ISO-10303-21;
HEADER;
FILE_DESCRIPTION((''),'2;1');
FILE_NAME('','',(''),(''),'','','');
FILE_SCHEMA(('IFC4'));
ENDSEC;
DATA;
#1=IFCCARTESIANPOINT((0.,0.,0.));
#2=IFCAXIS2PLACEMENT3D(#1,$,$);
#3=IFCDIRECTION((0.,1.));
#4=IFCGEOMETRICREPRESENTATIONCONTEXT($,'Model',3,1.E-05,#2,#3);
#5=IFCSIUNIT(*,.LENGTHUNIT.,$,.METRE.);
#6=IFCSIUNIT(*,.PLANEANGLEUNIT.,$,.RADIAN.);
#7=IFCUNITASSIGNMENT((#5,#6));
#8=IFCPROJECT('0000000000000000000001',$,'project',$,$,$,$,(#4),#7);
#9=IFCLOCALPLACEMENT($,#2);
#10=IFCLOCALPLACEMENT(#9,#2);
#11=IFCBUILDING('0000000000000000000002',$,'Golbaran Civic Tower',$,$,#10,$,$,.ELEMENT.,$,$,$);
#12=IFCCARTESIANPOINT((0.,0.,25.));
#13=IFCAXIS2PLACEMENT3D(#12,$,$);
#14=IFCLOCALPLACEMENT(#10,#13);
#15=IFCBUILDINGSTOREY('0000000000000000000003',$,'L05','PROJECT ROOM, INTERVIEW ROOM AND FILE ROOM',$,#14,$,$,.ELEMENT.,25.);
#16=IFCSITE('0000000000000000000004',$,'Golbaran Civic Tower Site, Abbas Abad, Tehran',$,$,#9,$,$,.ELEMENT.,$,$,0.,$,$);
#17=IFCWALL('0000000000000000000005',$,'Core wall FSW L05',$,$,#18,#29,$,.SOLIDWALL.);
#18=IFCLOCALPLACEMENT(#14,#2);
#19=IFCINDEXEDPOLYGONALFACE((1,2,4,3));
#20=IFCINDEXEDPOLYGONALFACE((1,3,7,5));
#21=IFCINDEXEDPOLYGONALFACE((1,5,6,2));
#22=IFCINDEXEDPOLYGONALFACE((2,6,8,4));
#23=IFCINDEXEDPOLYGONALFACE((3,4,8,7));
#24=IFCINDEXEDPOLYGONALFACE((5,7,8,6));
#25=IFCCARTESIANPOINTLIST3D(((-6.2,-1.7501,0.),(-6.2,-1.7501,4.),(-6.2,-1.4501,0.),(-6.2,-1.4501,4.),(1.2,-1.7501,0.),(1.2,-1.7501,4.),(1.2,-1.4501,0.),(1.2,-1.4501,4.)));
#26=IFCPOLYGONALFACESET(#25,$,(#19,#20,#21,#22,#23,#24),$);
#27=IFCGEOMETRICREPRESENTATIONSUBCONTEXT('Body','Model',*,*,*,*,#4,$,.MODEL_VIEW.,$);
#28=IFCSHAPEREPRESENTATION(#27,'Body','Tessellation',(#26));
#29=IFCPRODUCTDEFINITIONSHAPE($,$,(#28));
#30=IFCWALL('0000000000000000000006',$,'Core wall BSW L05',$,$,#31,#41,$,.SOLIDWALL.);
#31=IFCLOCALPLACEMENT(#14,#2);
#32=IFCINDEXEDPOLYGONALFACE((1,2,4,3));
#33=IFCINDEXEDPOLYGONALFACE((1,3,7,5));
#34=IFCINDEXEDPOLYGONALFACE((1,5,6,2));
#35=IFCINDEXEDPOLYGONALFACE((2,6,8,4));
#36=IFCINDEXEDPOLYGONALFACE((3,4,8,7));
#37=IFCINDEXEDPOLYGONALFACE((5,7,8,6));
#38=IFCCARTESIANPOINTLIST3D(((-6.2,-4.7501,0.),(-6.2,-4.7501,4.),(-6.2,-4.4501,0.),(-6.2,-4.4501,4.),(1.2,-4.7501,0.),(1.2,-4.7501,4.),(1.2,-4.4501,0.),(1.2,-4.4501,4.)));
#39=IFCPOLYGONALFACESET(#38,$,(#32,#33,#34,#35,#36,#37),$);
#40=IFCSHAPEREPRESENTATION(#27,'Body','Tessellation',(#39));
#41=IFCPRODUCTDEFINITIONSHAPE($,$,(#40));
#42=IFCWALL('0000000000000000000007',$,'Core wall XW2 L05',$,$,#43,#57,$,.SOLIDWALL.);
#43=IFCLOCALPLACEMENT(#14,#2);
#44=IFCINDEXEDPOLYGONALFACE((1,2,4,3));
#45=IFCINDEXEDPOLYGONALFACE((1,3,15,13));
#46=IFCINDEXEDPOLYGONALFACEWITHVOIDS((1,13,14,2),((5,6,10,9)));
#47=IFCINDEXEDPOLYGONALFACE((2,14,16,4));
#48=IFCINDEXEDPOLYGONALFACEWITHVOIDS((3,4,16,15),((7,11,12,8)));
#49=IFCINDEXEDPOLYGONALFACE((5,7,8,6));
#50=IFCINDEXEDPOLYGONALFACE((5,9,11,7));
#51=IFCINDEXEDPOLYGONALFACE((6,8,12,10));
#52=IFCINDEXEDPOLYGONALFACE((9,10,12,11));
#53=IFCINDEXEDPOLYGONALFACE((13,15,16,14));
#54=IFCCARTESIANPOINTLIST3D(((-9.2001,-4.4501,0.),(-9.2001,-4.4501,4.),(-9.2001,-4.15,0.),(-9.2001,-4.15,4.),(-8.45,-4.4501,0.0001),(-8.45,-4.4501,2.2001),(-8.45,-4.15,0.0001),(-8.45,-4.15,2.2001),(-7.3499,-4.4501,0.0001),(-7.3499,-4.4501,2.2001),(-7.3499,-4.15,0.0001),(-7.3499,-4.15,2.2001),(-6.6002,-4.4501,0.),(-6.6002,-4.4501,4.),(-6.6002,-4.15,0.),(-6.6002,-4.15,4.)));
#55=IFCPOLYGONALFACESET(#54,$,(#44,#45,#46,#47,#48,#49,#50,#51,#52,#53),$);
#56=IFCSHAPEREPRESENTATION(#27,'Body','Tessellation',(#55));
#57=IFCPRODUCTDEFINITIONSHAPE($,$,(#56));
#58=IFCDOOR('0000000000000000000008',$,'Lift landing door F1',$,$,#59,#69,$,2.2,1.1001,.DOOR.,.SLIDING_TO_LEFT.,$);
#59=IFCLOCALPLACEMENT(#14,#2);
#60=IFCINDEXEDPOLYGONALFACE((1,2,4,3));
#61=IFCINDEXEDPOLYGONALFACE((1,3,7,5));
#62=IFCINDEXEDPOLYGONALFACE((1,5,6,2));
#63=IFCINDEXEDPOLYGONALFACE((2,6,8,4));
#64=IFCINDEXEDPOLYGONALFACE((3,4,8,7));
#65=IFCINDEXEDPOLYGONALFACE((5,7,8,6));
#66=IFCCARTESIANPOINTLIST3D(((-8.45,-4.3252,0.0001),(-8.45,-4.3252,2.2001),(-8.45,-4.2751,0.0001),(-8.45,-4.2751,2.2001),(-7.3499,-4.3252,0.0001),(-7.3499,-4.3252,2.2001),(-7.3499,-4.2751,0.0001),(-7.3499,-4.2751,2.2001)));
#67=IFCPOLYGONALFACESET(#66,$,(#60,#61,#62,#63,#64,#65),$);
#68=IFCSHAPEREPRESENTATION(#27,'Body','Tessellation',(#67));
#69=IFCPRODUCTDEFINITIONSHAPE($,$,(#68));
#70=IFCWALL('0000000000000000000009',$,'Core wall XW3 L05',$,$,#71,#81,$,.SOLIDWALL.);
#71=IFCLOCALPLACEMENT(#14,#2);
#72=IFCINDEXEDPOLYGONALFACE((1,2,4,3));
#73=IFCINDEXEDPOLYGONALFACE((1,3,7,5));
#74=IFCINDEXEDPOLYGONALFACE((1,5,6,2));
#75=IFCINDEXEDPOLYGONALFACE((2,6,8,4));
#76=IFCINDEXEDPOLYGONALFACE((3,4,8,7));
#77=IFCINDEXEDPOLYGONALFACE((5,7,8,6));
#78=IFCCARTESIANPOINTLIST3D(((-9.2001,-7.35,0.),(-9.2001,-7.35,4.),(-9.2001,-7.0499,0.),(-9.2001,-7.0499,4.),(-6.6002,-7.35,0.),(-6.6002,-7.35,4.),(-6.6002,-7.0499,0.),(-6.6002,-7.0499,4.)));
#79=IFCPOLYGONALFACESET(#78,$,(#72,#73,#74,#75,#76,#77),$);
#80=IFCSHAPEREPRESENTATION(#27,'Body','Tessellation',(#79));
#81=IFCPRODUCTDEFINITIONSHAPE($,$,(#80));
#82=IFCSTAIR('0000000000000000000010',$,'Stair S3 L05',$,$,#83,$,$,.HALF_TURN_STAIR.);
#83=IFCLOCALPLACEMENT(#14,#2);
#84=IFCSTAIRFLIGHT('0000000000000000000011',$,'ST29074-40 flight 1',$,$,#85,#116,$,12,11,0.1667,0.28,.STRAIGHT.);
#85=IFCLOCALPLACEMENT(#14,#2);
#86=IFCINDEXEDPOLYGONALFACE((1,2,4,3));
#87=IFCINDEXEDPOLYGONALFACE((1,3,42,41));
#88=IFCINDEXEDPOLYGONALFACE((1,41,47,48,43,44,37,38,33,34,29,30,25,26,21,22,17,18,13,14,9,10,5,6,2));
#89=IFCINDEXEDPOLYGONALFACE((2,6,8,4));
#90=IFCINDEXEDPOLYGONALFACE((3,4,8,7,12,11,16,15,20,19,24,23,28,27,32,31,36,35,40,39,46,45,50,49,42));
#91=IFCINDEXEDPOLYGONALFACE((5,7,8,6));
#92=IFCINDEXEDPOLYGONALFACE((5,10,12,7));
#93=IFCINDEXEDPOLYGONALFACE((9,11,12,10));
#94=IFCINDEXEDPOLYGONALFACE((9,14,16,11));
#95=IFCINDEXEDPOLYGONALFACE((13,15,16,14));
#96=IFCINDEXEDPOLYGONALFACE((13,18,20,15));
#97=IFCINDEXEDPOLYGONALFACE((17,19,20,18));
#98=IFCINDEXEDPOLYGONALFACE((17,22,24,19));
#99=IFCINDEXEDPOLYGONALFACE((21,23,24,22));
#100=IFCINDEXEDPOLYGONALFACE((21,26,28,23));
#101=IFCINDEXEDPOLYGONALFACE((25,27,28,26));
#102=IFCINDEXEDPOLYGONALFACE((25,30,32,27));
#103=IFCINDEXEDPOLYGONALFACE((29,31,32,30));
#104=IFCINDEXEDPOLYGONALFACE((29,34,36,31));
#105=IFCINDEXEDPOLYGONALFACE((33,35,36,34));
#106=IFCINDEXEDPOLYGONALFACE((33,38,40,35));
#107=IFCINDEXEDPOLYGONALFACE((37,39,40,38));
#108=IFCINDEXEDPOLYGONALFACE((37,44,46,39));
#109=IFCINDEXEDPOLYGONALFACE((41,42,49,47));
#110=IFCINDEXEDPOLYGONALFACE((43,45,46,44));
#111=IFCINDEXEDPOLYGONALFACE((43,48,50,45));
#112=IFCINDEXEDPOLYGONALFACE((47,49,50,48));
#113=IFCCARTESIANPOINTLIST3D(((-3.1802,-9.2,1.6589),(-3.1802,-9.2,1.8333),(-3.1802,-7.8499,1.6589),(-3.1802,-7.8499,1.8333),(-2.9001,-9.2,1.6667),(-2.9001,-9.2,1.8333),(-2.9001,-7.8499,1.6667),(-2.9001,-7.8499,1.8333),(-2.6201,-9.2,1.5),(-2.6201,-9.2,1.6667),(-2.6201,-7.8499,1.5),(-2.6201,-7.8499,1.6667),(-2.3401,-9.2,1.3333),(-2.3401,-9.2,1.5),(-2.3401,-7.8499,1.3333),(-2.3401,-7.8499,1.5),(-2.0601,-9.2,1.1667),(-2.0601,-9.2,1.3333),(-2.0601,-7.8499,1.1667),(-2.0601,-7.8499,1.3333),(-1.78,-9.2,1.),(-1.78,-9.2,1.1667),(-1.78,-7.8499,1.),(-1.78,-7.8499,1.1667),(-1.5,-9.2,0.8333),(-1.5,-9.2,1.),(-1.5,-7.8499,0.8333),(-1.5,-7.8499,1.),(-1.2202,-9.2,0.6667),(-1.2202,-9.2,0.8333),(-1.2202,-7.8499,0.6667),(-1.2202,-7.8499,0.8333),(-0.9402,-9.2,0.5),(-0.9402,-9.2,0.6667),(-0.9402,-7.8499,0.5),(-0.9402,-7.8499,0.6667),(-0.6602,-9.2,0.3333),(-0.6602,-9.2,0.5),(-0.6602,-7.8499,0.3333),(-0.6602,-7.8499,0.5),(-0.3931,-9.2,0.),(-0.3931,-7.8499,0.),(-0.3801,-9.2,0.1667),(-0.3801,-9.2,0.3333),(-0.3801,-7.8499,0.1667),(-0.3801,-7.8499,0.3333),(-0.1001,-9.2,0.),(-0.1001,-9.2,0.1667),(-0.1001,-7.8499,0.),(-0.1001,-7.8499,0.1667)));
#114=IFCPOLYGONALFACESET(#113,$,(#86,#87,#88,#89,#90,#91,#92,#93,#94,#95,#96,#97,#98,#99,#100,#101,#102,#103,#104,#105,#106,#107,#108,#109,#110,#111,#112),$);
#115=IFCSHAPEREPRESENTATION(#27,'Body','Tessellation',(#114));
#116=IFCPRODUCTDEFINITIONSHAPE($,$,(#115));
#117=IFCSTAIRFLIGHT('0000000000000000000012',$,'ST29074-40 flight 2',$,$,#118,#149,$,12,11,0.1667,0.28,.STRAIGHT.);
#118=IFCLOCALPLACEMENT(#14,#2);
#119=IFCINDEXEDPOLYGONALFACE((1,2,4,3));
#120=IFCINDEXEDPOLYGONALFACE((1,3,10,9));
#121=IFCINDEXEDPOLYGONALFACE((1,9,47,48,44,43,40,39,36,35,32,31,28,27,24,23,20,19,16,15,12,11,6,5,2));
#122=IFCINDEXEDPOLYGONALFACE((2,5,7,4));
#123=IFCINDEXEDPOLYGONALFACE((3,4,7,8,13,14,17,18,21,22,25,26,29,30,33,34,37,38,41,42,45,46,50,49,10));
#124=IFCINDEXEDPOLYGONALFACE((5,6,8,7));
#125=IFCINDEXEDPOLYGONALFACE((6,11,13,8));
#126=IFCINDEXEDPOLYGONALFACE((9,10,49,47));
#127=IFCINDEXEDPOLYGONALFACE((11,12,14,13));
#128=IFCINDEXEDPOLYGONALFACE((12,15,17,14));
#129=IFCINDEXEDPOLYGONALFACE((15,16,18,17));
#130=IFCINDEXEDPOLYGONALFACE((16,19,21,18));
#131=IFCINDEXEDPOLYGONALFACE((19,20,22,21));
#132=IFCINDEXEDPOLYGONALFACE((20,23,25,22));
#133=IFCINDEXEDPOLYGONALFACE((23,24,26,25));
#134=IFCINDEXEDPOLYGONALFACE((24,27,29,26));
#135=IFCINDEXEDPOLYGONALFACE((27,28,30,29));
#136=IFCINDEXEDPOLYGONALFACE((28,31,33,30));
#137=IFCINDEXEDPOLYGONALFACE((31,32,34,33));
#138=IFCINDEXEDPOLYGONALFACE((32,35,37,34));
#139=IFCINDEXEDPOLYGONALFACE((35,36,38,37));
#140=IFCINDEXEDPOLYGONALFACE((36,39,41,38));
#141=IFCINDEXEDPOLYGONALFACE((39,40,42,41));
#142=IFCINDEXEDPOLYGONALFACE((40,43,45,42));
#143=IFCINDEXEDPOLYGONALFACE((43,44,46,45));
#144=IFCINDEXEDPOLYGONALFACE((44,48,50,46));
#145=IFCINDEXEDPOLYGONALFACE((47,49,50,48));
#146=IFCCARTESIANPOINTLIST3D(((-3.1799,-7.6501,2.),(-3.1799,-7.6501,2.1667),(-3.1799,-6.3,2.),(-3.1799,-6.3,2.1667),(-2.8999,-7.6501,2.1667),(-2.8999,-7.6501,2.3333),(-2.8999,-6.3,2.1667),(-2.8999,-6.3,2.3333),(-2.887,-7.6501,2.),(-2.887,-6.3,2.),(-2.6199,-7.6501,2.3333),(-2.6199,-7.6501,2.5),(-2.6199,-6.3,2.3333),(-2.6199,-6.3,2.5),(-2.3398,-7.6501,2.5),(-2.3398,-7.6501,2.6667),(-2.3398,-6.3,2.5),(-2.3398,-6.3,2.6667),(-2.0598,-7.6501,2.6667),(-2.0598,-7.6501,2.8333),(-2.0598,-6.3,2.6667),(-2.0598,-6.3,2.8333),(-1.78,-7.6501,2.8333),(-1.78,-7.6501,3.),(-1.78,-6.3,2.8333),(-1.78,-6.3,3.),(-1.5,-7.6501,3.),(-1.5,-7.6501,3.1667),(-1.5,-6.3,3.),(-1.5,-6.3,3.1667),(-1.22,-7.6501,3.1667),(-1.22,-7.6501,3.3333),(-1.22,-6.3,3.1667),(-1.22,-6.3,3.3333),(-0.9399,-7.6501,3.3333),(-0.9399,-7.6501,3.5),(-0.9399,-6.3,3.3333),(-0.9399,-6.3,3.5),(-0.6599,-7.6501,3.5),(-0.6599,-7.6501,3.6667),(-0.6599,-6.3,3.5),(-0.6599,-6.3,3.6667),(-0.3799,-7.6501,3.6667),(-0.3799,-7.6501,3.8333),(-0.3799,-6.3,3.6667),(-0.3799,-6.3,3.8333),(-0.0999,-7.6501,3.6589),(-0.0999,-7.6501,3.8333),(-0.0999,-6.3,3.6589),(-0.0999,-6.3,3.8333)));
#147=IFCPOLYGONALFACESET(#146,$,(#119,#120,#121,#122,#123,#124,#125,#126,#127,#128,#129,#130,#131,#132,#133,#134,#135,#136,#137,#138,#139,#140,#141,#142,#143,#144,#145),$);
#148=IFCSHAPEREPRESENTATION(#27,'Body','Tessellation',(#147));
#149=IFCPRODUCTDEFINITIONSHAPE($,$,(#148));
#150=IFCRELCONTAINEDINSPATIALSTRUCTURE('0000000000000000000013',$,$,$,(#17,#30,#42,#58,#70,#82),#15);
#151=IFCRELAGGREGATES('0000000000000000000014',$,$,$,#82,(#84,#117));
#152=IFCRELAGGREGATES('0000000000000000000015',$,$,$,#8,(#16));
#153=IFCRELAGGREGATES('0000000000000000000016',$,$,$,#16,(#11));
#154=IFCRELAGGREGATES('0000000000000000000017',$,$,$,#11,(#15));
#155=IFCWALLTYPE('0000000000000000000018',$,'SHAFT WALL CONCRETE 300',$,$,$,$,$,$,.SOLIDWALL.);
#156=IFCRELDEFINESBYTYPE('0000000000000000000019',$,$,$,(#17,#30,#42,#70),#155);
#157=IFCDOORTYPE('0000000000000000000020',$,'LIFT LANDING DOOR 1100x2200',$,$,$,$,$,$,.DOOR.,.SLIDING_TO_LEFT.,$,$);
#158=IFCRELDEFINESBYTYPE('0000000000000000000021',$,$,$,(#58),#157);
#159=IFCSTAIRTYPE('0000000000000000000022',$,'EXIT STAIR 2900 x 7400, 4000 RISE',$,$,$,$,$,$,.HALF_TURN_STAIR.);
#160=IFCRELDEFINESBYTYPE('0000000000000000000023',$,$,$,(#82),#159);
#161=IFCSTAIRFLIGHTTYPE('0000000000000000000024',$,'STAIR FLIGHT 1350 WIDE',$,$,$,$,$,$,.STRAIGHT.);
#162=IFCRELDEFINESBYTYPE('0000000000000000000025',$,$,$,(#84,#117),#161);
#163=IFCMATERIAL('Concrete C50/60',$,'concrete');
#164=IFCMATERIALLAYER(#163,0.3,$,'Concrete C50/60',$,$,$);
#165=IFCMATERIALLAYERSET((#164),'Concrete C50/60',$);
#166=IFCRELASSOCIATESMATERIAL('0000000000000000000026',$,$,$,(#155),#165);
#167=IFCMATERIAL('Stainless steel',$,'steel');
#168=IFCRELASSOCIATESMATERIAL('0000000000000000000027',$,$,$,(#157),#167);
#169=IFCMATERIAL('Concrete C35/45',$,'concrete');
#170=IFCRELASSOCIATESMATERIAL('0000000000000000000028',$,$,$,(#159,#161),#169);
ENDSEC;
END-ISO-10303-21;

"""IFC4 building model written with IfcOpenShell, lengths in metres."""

from ifc_helpers import new_model, si_unit, direction, frame, frame_2d, origin, place, context, subcontext, project, spatial, polyline, rectangle, outline, extrude, material, layer, layer_set, type_object, element, fill, aggregate, save


model = new_model("IFC4")

# Units and contexts
model_context = context("Model", 3, precision=1e-05, world=origin(), true_north=direction((0.0, 1.0)))
body_context = subcontext(model_context, "Body", "Model", "MODEL_VIEW")
ifc_project = project(units=[si_unit("LENGTHUNIT", "METRE"), si_unit("PLANEANGLEUNIT", "RADIAN")], contexts=[model_context])

# Site, building, storey
site_placement = place(None, origin())
site = spatial("IfcSite", under=ifc_project, at=site_placement, Name="Golbaran Civic Tower Site, Abbas Abad, Tehran", CompositionType="ELEMENT", RefElevation=0.0)
building_placement = place(site_placement, origin())
building = spatial("IfcBuilding", under=site, at=building_placement, Name="Golbaran Civic Tower", CompositionType="ELEMENT")
storey_placement = place(building_placement, frame((0.0, 0.0, 25.0)))
storey = spatial("IfcBuildingStorey", under=building, at=storey_placement, Name="L05", Description="PROJECT ROOM, INTERVIEW ROOM AND FILE ROOM", CompositionType="ELEMENT", Elevation=25.0)

# Shared definitions
ifc_material_1 = material(Name="Concrete C35/45", Category="concrete")

# Shared definitions
ifc_material_2 = material(Name="Concrete C50/60", Category="concrete")

# Walls
ifc_layer_1 = layer(ifc_material_2, 0.3, Name="Concrete C50/60")
ifc_layer_set_1 = layer_set([ifc_layer_1], Name="Concrete C50/60")
wall_type_1 = type_object("IfcWallType", Name="SHAFT WALL CONCRETE 300", PredefinedType="SOLIDWALL", material=ifc_layer_set_1)
for number, where, z_axis, x_axis, name in (
    (1, (-6.2, -1.6001, 0.0), (0.0, 0.0, 1.0), (1.0, 0.0, 0.0), "Core wall FSW L05"),
    (2, (-6.2, -4.6001, 0.0), (0.0, 0.0, 1.0), (1.0, 0.0, 0.0), "Core wall BSW L05"),
):
    element("IfcWall", number, at=place(storey_placement, frame(where, z_axis=z_axis, x_axis=x_axis)), inside=storey, type_object=wall_type_1, Name=name, PredefinedType="SOLIDWALL", context=body_context, shape_type="SweptSolid", body=[
        extrude(rectangle(XDim=7.3999, YDim=0.3, at=frame_2d((3.7, 0.0))), origin(), (0.0, 0.0, 1.0), 4.0),
    ])

# Wall, opening, door
wall_1_placement = place(storey_placement, frame((-9.2, -4.3, 0.0), z_axis=(0.0, 0.0, 1.0), x_axis=(1.0, 0.0, 0.0)))
wall_1 = element("IfcWall", 3, at=wall_1_placement, inside=storey, type_object=wall_type_1, Name="Core wall XW2 L05", PredefinedType="SOLIDWALL", context=body_context, shape_type="SweptSolid", body=[
    extrude(rectangle(XDim=2.5999, YDim=0.3, at=frame_2d((1.2998, 0.0))), origin(), (0.0, 0.0, 1.0), 4.0),
])
opening_1_placement = place(wall_1_placement, frame((0.75, 0.0, 0.0)))
opening_1 = element("IfcOpeningElement", 4, at=opening_1_placement, cuts=wall_1, PredefinedType="OPENING", context=body_context, shape_type="SweptSolid", body=[
    extrude(rectangle(XDim=1.1001, YDim=2.2, at=frame_2d((0.55, 1.1001))), frame((0.0, 0.1599, 0.0), z_axis=(0.0, -1.0, 0.0), x_axis=(1.0, 0.0, 0.0)), (0.0, 0.0, 1.0), 0.3201),
])
ifc_material_3 = material(Name="Stainless steel", Category="steel")
door_type_1 = type_object("IfcDoorType", Name="LIFT LANDING DOOR 1100x2200", OperationType="SLIDING_TO_LEFT", PredefinedType="DOOR", material=ifc_material_3)
door_1_placement = place(opening_1_placement, origin())
door_1 = element("IfcDoor", 5, at=door_1_placement, inside=storey, type_object=door_type_1, Name="Lift landing door F1", OperationType="SLIDING_TO_LEFT", OverallHeight=2.2, OverallWidth=1.1001, PredefinedType="DOOR", context=body_context, shape_type="SweptSolid", body=[
    extrude(rectangle(XDim=1.1001, YDim=2.2, at=frame_2d((0.55, 1.1001))), frame((0.0, 0.0249, 0.0), z_axis=(0.0, -1.0, 0.0), x_axis=(1.0, 0.0, 0.0)), (0.0, 0.0, 1.0), 0.05),
])
fill(opening_1, door_1)

# Wall
wall_2_placement = place(storey_placement, frame((-9.2, -7.2, 0.0), z_axis=(0.0, 0.0, 1.0), x_axis=(1.0, 0.0, 0.0)))
element("IfcWall", 6, at=wall_2_placement, inside=storey, type_object=wall_type_1, Name="Core wall XW3 L05", PredefinedType="SOLIDWALL", context=body_context, shape_type="SweptSolid", body=[
    extrude(rectangle(XDim=2.5999, YDim=0.3, at=frame_2d((1.2998, 0.0))), origin(), (0.0, 0.0, 1.0), 4.0),
])

# Stair, stair flights
stair_type = type_object("IfcStairType", Name="EXIT STAIR 2900 x 7400, 4000 RISE", PredefinedType="HALF_TURN_STAIR", material=ifc_material_1)
stair_placement = place(storey_placement, origin())
stair = element("IfcStair", 7, at=stair_placement, inside=storey, type_object=stair_type, Name="Stair S3 L05", PredefinedType="HALF_TURN_STAIR")
stair_flight_type = type_object("IfcStairFlightType", Name="STAIR FLIGHT 1350 WIDE", PredefinedType="STRAIGHT", material=ifc_material_1)
stair_flight_1_placement = place(storey_placement, frame((-0.1001, -8.5249, 0.0), z_axis=(0.0, 0.0, 1.0), x_axis=(-1.0, 0.0, 0.0)))
stair_flight_1 = element("IfcStairFlight", 8, at=stair_flight_1_placement, type_object=stair_flight_type, Name="ST29074-40 flight 1", NumberOfRisers=12, NumberOfTreads=11, PredefinedType="STRAIGHT", RiserHeight=0.1667, TreadLength=0.28, context=body_context, shape_type="SweptSolid", body=[
    extrude(outline(polyline([(0.0, 0.0), (0.0, 0.1667), (0.28, 0.1667), (0.28, 0.3333), (0.5601, 0.3333), (0.5601, 0.5), (0.8401, 0.5), (0.8401, 0.6667), (1.1201, 0.6667), (1.1201, 0.8333), (1.3999, 0.8333), (1.3999, 1.0), (1.6799, 1.0), (1.6799, 1.1667), (1.96, 1.1667), (1.96, 1.3333), (2.24, 1.3333), (2.24, 1.5), (2.52, 1.5), (2.52, 1.6667), (2.8, 1.6667), (2.8, 1.8333), (3.0801, 1.8333), (3.0801, 2.0), (3.0801, 1.6589), (0.293, 0.0), (0.0, 0.0)])), frame((0.0, 0.675, 0.0), z_axis=(0.0, -1.0, 0.0), x_axis=(1.0, 0.0, 0.0)), (0.0, 0.0, 1.0), 1.3501),
])
stair_flight_2_placement = place(storey_placement, frame((-3.1799, -6.9751, 2.0), z_axis=(0.0, 0.0, 1.0), x_axis=(1.0, 0.0, 0.0)))
stair_flight_2 = element("IfcStairFlight", 9, at=stair_flight_2_placement, type_object=stair_flight_type, Name="ST29074-40 flight 2", NumberOfRisers=12, NumberOfTreads=11, PredefinedType="STRAIGHT", RiserHeight=0.1667, TreadLength=0.28, context=body_context, shape_type="SweptSolid", body=[
    extrude(outline(polyline([(0.0, 0.0), (0.0, 0.1667), (0.28, 0.1667), (0.28, 0.3333), (0.5601, 0.3333), (0.5601, 0.5), (0.8401, 0.5), (0.8401, 0.6667), (1.1201, 0.6667), (1.1201, 0.8333), (1.3999, 0.8333), (1.3999, 1.0), (1.6799, 1.0), (1.6799, 1.1667), (1.96, 1.1667), (1.96, 1.3333), (2.24, 1.3333), (2.24, 1.5), (2.52, 1.5), (2.52, 1.6667), (2.8, 1.6667), (2.8, 1.8333), (3.0801, 1.8333), (3.0801, 2.0), (3.0801, 1.6589), (0.293, 0.0), (0.0, 0.0)])), frame((0.0, 0.675, 0.0), z_axis=(0.0, -1.0, 0.0), x_axis=(1.0, 0.0, 0.0)), (0.0, 0.0, 1.0), 1.3501),
])
aggregate(stair, [stair_flight_1, stair_flight_2])

save(model, "model.ifc")
